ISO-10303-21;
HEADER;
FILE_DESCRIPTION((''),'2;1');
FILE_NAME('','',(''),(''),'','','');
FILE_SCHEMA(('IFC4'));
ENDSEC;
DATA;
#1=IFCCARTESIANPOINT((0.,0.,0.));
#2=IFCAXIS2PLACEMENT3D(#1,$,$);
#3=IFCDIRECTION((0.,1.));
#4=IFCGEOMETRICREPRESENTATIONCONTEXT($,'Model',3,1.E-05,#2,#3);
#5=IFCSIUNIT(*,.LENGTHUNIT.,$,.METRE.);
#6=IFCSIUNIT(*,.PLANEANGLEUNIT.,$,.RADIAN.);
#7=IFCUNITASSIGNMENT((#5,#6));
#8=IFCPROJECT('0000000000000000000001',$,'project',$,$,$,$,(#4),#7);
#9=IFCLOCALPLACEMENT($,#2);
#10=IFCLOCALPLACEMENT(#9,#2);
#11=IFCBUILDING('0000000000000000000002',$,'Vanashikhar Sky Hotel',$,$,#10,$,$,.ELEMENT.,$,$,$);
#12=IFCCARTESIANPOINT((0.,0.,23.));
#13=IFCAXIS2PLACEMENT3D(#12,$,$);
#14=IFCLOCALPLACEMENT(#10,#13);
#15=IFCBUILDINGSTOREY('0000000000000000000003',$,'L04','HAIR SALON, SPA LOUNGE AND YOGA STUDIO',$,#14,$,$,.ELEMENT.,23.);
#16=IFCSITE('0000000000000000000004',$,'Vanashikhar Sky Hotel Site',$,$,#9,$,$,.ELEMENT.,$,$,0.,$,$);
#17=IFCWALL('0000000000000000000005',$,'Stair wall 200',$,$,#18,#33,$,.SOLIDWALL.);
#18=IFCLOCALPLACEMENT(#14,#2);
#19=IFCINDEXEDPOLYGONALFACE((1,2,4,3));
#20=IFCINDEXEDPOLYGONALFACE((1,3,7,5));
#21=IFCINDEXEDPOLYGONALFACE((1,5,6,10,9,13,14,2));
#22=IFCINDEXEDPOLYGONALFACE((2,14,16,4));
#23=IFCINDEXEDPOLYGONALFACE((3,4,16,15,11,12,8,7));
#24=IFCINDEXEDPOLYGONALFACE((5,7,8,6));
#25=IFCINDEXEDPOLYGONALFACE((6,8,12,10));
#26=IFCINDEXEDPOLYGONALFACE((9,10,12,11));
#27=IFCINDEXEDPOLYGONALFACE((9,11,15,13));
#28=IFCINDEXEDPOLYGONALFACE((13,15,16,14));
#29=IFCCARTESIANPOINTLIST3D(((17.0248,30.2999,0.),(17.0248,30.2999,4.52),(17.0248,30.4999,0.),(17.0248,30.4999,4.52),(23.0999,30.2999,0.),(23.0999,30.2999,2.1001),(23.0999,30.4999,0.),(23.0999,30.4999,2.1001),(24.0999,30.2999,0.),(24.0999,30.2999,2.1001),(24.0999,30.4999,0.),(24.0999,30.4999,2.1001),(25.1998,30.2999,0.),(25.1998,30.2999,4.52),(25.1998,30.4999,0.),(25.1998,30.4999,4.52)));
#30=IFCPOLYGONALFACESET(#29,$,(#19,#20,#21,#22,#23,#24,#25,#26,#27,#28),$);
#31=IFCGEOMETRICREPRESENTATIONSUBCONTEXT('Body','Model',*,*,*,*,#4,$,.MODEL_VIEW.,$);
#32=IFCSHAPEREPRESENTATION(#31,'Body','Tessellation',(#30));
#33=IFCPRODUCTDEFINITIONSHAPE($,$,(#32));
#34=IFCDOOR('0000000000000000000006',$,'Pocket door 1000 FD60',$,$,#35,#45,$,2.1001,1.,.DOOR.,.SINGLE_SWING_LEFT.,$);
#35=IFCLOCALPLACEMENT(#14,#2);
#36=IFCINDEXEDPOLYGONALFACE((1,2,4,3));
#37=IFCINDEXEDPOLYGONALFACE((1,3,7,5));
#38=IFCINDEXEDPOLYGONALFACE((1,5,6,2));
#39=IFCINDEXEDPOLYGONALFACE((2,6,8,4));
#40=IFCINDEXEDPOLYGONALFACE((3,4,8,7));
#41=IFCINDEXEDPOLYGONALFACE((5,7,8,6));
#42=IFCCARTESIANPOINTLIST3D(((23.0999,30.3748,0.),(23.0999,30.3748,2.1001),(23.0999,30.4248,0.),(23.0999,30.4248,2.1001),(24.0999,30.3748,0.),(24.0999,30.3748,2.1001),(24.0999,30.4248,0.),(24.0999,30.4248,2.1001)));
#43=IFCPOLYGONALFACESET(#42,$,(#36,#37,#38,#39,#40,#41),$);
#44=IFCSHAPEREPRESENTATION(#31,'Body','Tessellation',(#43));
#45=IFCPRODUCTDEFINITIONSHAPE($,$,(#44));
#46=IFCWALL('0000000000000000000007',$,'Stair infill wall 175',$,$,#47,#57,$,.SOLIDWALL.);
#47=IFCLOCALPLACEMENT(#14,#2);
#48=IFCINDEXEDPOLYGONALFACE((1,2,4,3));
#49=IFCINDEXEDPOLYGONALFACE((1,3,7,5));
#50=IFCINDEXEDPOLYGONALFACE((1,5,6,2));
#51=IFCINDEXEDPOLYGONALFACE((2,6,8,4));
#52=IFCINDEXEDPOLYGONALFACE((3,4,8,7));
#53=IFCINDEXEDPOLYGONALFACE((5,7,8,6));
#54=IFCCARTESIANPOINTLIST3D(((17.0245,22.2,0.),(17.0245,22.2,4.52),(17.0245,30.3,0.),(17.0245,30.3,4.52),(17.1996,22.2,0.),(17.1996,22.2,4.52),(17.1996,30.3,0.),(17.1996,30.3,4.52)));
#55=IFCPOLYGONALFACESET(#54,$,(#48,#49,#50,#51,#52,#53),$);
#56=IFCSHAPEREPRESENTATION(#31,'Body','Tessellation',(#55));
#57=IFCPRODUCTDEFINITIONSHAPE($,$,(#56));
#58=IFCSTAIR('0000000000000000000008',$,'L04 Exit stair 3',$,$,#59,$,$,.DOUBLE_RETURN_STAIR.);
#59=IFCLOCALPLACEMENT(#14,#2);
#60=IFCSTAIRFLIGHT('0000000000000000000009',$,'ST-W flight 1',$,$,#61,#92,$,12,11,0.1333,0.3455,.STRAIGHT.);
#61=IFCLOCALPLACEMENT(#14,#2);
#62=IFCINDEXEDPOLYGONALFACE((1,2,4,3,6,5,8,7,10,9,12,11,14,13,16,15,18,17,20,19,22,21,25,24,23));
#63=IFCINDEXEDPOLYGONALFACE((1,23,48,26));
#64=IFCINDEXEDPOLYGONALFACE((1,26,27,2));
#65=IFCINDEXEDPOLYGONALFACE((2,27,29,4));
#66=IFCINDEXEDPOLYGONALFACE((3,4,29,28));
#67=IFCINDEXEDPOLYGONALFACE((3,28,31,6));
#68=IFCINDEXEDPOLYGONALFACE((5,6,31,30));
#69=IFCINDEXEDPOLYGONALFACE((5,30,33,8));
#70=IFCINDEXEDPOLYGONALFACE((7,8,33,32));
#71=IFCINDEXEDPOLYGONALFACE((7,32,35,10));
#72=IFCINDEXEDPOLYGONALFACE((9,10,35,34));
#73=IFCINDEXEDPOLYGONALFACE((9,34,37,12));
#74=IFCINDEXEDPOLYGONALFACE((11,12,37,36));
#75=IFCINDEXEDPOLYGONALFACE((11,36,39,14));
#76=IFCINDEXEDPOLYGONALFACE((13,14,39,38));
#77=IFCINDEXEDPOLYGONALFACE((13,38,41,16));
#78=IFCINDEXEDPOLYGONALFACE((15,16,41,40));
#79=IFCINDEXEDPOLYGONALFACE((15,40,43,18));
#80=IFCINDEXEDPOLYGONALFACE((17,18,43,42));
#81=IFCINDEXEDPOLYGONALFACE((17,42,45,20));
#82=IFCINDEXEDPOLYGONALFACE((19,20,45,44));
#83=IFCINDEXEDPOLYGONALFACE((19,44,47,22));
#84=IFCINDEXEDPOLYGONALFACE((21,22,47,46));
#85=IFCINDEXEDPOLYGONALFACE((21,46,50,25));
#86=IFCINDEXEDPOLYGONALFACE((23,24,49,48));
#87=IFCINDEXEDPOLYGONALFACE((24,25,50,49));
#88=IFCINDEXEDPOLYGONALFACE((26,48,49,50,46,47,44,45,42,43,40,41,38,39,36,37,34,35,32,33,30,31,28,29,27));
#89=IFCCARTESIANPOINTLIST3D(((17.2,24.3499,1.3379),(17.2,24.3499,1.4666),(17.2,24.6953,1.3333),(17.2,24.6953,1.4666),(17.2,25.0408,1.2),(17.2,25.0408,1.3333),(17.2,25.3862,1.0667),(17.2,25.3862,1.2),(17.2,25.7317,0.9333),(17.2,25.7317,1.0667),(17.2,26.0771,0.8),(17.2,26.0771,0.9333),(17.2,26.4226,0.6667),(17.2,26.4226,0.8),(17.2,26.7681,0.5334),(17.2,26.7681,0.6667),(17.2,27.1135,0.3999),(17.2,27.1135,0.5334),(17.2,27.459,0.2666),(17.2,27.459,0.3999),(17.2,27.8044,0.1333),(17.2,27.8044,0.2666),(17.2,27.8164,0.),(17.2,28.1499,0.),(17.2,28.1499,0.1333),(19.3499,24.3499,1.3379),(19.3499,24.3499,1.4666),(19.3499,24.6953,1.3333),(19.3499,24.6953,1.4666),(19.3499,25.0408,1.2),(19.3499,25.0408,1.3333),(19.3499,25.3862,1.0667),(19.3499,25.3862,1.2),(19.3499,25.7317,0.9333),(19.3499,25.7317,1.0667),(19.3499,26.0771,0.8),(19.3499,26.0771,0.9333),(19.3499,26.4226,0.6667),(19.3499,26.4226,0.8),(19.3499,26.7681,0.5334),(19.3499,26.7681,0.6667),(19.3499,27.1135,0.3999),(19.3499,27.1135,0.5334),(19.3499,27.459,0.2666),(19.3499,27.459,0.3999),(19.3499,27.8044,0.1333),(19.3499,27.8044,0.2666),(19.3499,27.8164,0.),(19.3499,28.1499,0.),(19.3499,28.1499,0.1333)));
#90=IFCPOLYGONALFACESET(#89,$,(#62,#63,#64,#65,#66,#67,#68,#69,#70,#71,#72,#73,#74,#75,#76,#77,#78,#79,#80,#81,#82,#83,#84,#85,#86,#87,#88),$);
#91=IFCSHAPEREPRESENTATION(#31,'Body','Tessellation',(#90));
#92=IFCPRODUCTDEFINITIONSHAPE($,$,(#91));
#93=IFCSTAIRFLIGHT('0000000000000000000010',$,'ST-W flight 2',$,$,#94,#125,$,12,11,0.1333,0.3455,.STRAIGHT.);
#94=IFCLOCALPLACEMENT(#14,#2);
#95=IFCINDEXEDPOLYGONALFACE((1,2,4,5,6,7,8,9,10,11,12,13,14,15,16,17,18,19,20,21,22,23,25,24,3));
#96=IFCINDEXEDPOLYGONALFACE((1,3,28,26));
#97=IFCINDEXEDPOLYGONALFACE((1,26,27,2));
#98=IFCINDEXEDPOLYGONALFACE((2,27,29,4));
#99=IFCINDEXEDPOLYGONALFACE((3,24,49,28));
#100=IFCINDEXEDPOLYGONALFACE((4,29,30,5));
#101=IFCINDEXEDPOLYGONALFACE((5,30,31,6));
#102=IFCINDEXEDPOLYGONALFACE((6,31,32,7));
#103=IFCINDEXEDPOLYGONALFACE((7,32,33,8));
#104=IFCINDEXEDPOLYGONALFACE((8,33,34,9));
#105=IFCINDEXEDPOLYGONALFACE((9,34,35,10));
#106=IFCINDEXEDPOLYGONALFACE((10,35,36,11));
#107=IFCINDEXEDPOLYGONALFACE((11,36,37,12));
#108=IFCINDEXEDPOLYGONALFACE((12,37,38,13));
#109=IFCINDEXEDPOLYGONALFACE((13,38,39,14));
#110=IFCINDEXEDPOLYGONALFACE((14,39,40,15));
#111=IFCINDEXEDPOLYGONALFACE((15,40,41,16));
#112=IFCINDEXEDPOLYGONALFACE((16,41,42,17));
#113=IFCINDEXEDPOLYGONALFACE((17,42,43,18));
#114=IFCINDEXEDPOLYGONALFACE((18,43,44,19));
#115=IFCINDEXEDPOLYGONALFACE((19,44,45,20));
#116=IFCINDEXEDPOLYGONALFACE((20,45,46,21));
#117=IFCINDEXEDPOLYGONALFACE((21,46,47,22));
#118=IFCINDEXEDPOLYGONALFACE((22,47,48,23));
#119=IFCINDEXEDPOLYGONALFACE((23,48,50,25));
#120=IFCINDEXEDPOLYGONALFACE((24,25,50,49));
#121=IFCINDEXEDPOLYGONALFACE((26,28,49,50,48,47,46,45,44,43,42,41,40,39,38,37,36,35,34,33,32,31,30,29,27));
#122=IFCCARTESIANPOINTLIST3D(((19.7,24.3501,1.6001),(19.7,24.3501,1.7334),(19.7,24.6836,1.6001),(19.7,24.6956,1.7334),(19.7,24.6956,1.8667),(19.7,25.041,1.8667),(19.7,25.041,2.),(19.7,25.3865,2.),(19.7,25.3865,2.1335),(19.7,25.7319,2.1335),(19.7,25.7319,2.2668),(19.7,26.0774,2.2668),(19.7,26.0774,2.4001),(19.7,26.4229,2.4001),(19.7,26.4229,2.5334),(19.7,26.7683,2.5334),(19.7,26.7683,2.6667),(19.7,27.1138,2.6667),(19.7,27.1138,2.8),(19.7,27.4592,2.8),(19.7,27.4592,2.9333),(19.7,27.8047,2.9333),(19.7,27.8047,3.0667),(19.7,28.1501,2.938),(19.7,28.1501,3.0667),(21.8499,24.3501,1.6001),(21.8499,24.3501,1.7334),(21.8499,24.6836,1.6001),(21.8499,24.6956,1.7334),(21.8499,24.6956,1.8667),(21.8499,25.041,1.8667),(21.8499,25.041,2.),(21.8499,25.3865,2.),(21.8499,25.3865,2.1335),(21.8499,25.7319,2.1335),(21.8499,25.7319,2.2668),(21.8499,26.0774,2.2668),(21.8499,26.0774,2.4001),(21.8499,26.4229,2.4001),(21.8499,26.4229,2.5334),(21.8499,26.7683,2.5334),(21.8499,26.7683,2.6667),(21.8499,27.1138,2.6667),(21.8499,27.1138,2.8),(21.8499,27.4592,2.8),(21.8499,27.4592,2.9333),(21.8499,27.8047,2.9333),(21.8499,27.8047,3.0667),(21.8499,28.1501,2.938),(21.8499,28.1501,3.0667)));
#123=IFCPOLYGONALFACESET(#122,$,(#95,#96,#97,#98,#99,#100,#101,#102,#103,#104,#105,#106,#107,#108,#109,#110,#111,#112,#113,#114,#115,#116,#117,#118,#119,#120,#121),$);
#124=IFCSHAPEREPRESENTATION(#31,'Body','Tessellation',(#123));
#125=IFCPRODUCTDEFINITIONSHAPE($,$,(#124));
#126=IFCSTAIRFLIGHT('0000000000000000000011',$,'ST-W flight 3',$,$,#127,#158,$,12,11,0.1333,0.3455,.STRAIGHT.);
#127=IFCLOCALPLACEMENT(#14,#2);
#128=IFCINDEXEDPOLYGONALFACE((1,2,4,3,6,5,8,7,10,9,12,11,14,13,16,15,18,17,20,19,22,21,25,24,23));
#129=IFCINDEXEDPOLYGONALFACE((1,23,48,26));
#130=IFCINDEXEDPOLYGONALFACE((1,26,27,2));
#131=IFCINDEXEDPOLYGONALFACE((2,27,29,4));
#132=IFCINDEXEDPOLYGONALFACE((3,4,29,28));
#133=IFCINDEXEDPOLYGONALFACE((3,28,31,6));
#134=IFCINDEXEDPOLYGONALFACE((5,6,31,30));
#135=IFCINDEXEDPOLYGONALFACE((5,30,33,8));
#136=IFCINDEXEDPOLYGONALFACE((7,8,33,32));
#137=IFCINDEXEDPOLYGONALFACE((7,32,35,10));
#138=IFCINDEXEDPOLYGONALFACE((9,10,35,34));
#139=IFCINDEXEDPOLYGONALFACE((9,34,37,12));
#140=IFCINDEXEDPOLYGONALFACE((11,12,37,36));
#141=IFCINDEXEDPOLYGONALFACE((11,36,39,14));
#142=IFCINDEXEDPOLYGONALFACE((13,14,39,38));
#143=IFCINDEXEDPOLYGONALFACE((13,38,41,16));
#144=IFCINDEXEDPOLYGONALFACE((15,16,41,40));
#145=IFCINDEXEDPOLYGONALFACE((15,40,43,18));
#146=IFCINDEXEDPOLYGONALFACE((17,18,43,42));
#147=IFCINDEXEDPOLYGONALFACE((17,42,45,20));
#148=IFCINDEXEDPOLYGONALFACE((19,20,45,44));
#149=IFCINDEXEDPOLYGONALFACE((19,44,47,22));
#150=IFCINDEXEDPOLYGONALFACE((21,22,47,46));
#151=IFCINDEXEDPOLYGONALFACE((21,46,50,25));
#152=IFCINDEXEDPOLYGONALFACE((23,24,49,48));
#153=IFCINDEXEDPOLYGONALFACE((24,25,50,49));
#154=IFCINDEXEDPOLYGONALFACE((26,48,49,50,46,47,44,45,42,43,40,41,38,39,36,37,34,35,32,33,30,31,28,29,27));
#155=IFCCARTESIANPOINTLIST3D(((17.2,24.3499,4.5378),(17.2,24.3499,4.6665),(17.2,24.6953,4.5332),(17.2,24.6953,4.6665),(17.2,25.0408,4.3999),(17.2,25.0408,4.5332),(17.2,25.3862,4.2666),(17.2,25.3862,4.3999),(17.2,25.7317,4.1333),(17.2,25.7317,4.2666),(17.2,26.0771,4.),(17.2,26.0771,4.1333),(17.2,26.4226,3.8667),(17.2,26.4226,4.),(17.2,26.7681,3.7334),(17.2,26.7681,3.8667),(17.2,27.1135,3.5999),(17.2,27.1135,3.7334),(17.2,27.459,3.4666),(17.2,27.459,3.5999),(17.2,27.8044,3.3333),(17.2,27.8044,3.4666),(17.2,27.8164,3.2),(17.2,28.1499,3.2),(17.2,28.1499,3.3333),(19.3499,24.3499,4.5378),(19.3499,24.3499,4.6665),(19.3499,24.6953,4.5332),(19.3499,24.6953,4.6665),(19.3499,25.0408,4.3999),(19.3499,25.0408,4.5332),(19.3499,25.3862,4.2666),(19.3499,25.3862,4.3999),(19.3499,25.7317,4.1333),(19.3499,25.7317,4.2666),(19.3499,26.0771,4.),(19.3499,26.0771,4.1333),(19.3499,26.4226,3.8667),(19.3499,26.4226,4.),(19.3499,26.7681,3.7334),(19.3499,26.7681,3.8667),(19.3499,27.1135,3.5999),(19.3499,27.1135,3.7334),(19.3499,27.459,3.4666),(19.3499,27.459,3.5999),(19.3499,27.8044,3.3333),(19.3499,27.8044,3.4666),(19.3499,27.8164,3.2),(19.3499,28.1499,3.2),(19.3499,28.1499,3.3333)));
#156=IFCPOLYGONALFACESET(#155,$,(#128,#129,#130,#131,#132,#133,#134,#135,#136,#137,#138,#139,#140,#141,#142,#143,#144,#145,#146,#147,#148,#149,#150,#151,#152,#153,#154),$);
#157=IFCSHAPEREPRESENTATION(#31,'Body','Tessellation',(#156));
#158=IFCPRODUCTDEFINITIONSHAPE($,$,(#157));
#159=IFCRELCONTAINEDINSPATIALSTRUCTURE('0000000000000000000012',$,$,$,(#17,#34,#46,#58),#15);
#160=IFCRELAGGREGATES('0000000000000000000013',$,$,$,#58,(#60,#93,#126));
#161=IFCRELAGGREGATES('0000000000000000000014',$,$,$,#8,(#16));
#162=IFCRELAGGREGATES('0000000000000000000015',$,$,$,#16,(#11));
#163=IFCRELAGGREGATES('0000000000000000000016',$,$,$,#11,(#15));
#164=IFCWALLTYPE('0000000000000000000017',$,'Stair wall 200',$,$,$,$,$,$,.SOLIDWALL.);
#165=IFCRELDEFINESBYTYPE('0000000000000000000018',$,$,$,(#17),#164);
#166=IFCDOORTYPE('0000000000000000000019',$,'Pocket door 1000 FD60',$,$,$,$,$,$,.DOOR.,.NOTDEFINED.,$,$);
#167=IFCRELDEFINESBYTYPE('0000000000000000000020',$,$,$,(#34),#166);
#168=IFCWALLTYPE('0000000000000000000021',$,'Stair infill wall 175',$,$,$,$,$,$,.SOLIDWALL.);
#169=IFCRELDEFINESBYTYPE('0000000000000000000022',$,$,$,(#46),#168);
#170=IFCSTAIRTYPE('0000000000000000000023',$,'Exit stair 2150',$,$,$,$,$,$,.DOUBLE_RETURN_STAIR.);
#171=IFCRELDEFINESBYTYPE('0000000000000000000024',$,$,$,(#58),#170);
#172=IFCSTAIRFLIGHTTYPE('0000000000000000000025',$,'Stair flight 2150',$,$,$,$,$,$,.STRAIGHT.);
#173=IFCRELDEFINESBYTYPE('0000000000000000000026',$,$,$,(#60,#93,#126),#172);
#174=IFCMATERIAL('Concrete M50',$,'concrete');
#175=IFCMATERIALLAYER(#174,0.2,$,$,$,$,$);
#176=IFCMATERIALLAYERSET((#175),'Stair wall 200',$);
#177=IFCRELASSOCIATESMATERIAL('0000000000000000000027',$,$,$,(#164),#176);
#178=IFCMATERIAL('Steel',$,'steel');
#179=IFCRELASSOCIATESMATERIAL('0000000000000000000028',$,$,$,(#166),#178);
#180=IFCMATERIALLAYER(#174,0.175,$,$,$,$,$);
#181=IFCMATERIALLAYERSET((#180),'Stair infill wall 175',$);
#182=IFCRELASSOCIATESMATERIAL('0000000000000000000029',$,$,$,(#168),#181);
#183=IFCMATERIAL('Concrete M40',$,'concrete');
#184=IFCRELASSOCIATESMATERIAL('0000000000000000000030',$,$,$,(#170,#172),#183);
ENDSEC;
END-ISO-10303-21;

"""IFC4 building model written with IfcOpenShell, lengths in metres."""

from ifc_helpers import new_model, si_unit, direction, frame, frame_2d, origin, place, context, subcontext, project, spatial, polyline, rectangle, outline, extrude, source, transform, mapped, material, layer, layer_set, type_object, element, fill, aggregate, save


model = new_model("IFC4")

# Units and contexts
model_context = context("Model", 3, precision=1e-05, world=origin(), true_north=direction((0.0, 1.0)))
body_context = subcontext(model_context, "Body", "Model", "MODEL_VIEW")
ifc_project = project(units=[si_unit("LENGTHUNIT", "METRE"), si_unit("PLANEANGLEUNIT", "RADIAN")], contexts=[model_context])

# Site, building, storey
site_placement = place(None, origin())
site = spatial("IfcSite", under=ifc_project, at=site_placement, Name="Vanashikhar Sky Hotel Site", CompositionType="ELEMENT", RefElevation=0.0)
building_placement = place(site_placement, origin())
building = spatial("IfcBuilding", under=site, at=building_placement, Name="Vanashikhar Sky Hotel", CompositionType="ELEMENT")
storey_placement = place(building_placement, frame((0.0, 0.0, 23.0)))
storey = spatial("IfcBuildingStorey", under=building, at=storey_placement, Name="L04", Description="HAIR SALON, SPA LOUNGE AND YOGA STUDIO", CompositionType="ELEMENT", Elevation=23.0)

# Shared definitions
ifc_material_1 = material(Name="Concrete M50", Category="concrete")

# Wall, opening, door
ifc_layer_1 = layer(ifc_material_1, 0.2)
ifc_layer_set_1 = layer_set([ifc_layer_1], Name="Stair wall 200")
wall_type_1 = type_object("IfcWallType", Name="Stair wall 200", PredefinedType="SOLIDWALL", material=ifc_layer_set_1)
ifc_material_2 = material(Name="Steel", Category="steel")
shared_shape_1 = source(origin(), body_context, "Body", "SweptSolid", [
    extrude(rectangle(XDim=8.175, YDim=0.2, at=frame_2d((4.0874, 0.0))), origin(), (0.0, 0.0, 1.0), 4.52),
])
wall_1_placement = place(storey_placement, frame((17.0249, 30.3999, 0.0), z_axis=(0.0, 0.0, 1.0), x_axis=(1.0, 0.0, 0.0)))
wall_1 = element("IfcWall", 1, at=wall_1_placement, inside=storey, type_object=wall_type_1, Name="Stair wall 200", PredefinedType="SOLIDWALL", context=body_context, shape_type="MappedRepresentation", body=[
    mapped(shared_shape_1, transform((0.0, 0.0, 0.0), scale=1.0)),
])
shared_shape_2 = source(origin(), body_context, "Body", "SweptSolid", [
    extrude(rectangle(XDim=1.0, YDim=2.1001, at=frame_2d((0.5, 1.05))), frame((0.0, 0.1099, 0.0), z_axis=(0.0, -1.0, 0.0), x_axis=(1.0, 0.0, 0.0)), (0.0, 0.0, 1.0), 0.22),
])
opening_1_placement = place(wall_1_placement, frame((6.075, 0.0, 0.0)))
opening_1 = element("IfcOpeningElement", 2, at=opening_1_placement, cuts=wall_1, PredefinedType="OPENING", context=body_context, shape_type="MappedRepresentation", body=[
    mapped(shared_shape_2, transform((0.0, 0.0, 0.0), scale=1.0)),
])
door_type_1 = type_object("IfcDoorType", Name="Pocket door 1000 FD60", OperationType="NOTDEFINED", PredefinedType="DOOR", material=ifc_material_2)
shared_shape_3 = source(origin(), body_context, "Body", "SweptSolid", [
    extrude(rectangle(XDim=1.0, YDim=2.1001, at=frame_2d((0.5, 1.05))), frame((0.0, 0.0249, 0.0), z_axis=(0.0, -1.0, 0.0), x_axis=(1.0, 0.0, 0.0)), (0.0, 0.0, 1.0), 0.05),
])
door_1_placement = place(opening_1_placement, origin())
door_1 = element("IfcDoor", 3, at=door_1_placement, inside=storey, type_object=door_type_1, Name="Pocket door 1000 FD60", OperationType="SINGLE_SWING_LEFT", OverallHeight=2.1001, OverallWidth=1.0, PredefinedType="DOOR", context=body_context, shape_type="MappedRepresentation", body=[
    mapped(shared_shape_3, transform((0.0, 0.0, 0.0), scale=1.0)),
])
fill(opening_1, door_1)

# Wall
ifc_layer_2 = layer(ifc_material_1, 0.175)
ifc_layer_set_2 = layer_set([ifc_layer_2], Name="Stair infill wall 175")
wall_type_2 = type_object("IfcWallType", Name="Stair infill wall 175", PredefinedType="SOLIDWALL", material=ifc_layer_set_2)
shared_shape_4 = source(origin(), body_context, "Body", "SweptSolid", [
    extrude(rectangle(XDim=8.1001, YDim=0.175, at=frame_2d((4.05, 0.0))), origin(), (0.0, 0.0, 1.0), 4.52),
])
wall_2_placement = place(storey_placement, frame((17.1121, 22.2, 0.0), z_axis=(0.0, 0.0, 1.0), x_axis=(0.0, 1.0, 0.0)))
element("IfcWall", 4, at=wall_2_placement, inside=storey, type_object=wall_type_2, Name="Stair infill wall 175", PredefinedType="SOLIDWALL", context=body_context, shape_type="MappedRepresentation", body=[
    mapped(shared_shape_4, transform((0.0, 0.0, 0.0), scale=1.0)),
])

# Stair, stair flights
ifc_material_3 = material(Name="Concrete M40", Category="concrete")
stair_type = type_object("IfcStairType", Name="Exit stair 2150", PredefinedType="DOUBLE_RETURN_STAIR", material=ifc_material_3)
stair_placement = place(storey_placement, origin())
stair = element("IfcStair", 5, at=stair_placement, inside=storey, type_object=stair_type, Name="L04 Exit stair 3", PredefinedType="DOUBLE_RETURN_STAIR")
stair_flight_type = type_object("IfcStairFlightType", Name="Stair flight 2150", PredefinedType="STRAIGHT", material=ifc_material_3)
shared_shape_5 = source(origin(), body_context, "Body", "SweptSolid", [
    extrude(outline(polyline([(0.0, 0.0), (0.0, 0.1333), (0.3455, 0.1333), (0.3455, 0.2666), (0.6909, 0.2666), (0.6909, 0.3999), (1.0364, 0.3999), (1.0364, 0.5334), (1.3818, 0.5334), (1.3818, 0.6667), (1.7273, 0.6667), (1.7273, 0.8), (2.0728, 0.8), (2.0728, 0.9333), (2.4182, 0.9333), (2.4182, 1.0667), (2.7637, 1.0667), (2.7637, 1.2), (3.1091, 1.2), (3.1091, 1.3333), (3.4546, 1.3333), (3.4546, 1.4666), (3.8, 1.4666), (3.8, 1.6001), (3.8, 1.3379), (0.3335, 0.0), (0.0, 0.0)])), frame((0.0, 1.075, 0.0), z_axis=(0.0, -1.0, 0.0), x_axis=(1.0, 0.0, 0.0)), (0.0, 0.0, 1.0), 2.1499),
])
stair_flight_1_placement = place(storey_placement, frame((18.2749, 28.1499, 0.0), z_axis=(0.0, 0.0, 1.0), x_axis=(0.0, -1.0, 0.0)))
stair_flight_1 = element("IfcStairFlight", 6, at=stair_flight_1_placement, type_object=stair_flight_type, Name="ST-W flight 1", NumberOfRisers=12, NumberOfTreads=11, PredefinedType="STRAIGHT", RiserHeight=0.1333, TreadLength=0.3455, context=body_context, shape_type="MappedRepresentation", body=[
    mapped(shared_shape_5, transform((0.0, 0.0, 0.0), scale=1.0)),
])
stair_flight_2_placement = place(storey_placement, frame((20.7749, 24.3501, 1.6001), z_axis=(0.0, 0.0, 1.0), x_axis=(0.0, 1.0, 0.0)))
stair_flight_2 = element("IfcStairFlight", 7, at=stair_flight_2_placement, type_object=stair_flight_type, Name="ST-W flight 2", NumberOfRisers=12, NumberOfTreads=11, PredefinedType="STRAIGHT", RiserHeight=0.1333, TreadLength=0.3455, context=body_context, shape_type="MappedRepresentation", body=[
    mapped(shared_shape_5, transform((0.0, 0.0, 0.0), scale=1.0)),
])
stair_flight_3_placement = place(storey_placement, frame((18.2749, 28.1499, 3.2), z_axis=(0.0, 0.0, 1.0), x_axis=(0.0, -1.0, 0.0)))
stair_flight_3 = element("IfcStairFlight", 8, at=stair_flight_3_placement, type_object=stair_flight_type, Name="ST-W flight 3", NumberOfRisers=12, NumberOfTreads=11, PredefinedType="STRAIGHT", RiserHeight=0.1333, TreadLength=0.3455, context=body_context, shape_type="MappedRepresentation", body=[
    mapped(shared_shape_5, transform((0.0, 0.0, 0.0), scale=1.0)),
])
aggregate(stair, [stair_flight_1, stair_flight_2, stair_flight_3])

save(model, "model.ifc")
